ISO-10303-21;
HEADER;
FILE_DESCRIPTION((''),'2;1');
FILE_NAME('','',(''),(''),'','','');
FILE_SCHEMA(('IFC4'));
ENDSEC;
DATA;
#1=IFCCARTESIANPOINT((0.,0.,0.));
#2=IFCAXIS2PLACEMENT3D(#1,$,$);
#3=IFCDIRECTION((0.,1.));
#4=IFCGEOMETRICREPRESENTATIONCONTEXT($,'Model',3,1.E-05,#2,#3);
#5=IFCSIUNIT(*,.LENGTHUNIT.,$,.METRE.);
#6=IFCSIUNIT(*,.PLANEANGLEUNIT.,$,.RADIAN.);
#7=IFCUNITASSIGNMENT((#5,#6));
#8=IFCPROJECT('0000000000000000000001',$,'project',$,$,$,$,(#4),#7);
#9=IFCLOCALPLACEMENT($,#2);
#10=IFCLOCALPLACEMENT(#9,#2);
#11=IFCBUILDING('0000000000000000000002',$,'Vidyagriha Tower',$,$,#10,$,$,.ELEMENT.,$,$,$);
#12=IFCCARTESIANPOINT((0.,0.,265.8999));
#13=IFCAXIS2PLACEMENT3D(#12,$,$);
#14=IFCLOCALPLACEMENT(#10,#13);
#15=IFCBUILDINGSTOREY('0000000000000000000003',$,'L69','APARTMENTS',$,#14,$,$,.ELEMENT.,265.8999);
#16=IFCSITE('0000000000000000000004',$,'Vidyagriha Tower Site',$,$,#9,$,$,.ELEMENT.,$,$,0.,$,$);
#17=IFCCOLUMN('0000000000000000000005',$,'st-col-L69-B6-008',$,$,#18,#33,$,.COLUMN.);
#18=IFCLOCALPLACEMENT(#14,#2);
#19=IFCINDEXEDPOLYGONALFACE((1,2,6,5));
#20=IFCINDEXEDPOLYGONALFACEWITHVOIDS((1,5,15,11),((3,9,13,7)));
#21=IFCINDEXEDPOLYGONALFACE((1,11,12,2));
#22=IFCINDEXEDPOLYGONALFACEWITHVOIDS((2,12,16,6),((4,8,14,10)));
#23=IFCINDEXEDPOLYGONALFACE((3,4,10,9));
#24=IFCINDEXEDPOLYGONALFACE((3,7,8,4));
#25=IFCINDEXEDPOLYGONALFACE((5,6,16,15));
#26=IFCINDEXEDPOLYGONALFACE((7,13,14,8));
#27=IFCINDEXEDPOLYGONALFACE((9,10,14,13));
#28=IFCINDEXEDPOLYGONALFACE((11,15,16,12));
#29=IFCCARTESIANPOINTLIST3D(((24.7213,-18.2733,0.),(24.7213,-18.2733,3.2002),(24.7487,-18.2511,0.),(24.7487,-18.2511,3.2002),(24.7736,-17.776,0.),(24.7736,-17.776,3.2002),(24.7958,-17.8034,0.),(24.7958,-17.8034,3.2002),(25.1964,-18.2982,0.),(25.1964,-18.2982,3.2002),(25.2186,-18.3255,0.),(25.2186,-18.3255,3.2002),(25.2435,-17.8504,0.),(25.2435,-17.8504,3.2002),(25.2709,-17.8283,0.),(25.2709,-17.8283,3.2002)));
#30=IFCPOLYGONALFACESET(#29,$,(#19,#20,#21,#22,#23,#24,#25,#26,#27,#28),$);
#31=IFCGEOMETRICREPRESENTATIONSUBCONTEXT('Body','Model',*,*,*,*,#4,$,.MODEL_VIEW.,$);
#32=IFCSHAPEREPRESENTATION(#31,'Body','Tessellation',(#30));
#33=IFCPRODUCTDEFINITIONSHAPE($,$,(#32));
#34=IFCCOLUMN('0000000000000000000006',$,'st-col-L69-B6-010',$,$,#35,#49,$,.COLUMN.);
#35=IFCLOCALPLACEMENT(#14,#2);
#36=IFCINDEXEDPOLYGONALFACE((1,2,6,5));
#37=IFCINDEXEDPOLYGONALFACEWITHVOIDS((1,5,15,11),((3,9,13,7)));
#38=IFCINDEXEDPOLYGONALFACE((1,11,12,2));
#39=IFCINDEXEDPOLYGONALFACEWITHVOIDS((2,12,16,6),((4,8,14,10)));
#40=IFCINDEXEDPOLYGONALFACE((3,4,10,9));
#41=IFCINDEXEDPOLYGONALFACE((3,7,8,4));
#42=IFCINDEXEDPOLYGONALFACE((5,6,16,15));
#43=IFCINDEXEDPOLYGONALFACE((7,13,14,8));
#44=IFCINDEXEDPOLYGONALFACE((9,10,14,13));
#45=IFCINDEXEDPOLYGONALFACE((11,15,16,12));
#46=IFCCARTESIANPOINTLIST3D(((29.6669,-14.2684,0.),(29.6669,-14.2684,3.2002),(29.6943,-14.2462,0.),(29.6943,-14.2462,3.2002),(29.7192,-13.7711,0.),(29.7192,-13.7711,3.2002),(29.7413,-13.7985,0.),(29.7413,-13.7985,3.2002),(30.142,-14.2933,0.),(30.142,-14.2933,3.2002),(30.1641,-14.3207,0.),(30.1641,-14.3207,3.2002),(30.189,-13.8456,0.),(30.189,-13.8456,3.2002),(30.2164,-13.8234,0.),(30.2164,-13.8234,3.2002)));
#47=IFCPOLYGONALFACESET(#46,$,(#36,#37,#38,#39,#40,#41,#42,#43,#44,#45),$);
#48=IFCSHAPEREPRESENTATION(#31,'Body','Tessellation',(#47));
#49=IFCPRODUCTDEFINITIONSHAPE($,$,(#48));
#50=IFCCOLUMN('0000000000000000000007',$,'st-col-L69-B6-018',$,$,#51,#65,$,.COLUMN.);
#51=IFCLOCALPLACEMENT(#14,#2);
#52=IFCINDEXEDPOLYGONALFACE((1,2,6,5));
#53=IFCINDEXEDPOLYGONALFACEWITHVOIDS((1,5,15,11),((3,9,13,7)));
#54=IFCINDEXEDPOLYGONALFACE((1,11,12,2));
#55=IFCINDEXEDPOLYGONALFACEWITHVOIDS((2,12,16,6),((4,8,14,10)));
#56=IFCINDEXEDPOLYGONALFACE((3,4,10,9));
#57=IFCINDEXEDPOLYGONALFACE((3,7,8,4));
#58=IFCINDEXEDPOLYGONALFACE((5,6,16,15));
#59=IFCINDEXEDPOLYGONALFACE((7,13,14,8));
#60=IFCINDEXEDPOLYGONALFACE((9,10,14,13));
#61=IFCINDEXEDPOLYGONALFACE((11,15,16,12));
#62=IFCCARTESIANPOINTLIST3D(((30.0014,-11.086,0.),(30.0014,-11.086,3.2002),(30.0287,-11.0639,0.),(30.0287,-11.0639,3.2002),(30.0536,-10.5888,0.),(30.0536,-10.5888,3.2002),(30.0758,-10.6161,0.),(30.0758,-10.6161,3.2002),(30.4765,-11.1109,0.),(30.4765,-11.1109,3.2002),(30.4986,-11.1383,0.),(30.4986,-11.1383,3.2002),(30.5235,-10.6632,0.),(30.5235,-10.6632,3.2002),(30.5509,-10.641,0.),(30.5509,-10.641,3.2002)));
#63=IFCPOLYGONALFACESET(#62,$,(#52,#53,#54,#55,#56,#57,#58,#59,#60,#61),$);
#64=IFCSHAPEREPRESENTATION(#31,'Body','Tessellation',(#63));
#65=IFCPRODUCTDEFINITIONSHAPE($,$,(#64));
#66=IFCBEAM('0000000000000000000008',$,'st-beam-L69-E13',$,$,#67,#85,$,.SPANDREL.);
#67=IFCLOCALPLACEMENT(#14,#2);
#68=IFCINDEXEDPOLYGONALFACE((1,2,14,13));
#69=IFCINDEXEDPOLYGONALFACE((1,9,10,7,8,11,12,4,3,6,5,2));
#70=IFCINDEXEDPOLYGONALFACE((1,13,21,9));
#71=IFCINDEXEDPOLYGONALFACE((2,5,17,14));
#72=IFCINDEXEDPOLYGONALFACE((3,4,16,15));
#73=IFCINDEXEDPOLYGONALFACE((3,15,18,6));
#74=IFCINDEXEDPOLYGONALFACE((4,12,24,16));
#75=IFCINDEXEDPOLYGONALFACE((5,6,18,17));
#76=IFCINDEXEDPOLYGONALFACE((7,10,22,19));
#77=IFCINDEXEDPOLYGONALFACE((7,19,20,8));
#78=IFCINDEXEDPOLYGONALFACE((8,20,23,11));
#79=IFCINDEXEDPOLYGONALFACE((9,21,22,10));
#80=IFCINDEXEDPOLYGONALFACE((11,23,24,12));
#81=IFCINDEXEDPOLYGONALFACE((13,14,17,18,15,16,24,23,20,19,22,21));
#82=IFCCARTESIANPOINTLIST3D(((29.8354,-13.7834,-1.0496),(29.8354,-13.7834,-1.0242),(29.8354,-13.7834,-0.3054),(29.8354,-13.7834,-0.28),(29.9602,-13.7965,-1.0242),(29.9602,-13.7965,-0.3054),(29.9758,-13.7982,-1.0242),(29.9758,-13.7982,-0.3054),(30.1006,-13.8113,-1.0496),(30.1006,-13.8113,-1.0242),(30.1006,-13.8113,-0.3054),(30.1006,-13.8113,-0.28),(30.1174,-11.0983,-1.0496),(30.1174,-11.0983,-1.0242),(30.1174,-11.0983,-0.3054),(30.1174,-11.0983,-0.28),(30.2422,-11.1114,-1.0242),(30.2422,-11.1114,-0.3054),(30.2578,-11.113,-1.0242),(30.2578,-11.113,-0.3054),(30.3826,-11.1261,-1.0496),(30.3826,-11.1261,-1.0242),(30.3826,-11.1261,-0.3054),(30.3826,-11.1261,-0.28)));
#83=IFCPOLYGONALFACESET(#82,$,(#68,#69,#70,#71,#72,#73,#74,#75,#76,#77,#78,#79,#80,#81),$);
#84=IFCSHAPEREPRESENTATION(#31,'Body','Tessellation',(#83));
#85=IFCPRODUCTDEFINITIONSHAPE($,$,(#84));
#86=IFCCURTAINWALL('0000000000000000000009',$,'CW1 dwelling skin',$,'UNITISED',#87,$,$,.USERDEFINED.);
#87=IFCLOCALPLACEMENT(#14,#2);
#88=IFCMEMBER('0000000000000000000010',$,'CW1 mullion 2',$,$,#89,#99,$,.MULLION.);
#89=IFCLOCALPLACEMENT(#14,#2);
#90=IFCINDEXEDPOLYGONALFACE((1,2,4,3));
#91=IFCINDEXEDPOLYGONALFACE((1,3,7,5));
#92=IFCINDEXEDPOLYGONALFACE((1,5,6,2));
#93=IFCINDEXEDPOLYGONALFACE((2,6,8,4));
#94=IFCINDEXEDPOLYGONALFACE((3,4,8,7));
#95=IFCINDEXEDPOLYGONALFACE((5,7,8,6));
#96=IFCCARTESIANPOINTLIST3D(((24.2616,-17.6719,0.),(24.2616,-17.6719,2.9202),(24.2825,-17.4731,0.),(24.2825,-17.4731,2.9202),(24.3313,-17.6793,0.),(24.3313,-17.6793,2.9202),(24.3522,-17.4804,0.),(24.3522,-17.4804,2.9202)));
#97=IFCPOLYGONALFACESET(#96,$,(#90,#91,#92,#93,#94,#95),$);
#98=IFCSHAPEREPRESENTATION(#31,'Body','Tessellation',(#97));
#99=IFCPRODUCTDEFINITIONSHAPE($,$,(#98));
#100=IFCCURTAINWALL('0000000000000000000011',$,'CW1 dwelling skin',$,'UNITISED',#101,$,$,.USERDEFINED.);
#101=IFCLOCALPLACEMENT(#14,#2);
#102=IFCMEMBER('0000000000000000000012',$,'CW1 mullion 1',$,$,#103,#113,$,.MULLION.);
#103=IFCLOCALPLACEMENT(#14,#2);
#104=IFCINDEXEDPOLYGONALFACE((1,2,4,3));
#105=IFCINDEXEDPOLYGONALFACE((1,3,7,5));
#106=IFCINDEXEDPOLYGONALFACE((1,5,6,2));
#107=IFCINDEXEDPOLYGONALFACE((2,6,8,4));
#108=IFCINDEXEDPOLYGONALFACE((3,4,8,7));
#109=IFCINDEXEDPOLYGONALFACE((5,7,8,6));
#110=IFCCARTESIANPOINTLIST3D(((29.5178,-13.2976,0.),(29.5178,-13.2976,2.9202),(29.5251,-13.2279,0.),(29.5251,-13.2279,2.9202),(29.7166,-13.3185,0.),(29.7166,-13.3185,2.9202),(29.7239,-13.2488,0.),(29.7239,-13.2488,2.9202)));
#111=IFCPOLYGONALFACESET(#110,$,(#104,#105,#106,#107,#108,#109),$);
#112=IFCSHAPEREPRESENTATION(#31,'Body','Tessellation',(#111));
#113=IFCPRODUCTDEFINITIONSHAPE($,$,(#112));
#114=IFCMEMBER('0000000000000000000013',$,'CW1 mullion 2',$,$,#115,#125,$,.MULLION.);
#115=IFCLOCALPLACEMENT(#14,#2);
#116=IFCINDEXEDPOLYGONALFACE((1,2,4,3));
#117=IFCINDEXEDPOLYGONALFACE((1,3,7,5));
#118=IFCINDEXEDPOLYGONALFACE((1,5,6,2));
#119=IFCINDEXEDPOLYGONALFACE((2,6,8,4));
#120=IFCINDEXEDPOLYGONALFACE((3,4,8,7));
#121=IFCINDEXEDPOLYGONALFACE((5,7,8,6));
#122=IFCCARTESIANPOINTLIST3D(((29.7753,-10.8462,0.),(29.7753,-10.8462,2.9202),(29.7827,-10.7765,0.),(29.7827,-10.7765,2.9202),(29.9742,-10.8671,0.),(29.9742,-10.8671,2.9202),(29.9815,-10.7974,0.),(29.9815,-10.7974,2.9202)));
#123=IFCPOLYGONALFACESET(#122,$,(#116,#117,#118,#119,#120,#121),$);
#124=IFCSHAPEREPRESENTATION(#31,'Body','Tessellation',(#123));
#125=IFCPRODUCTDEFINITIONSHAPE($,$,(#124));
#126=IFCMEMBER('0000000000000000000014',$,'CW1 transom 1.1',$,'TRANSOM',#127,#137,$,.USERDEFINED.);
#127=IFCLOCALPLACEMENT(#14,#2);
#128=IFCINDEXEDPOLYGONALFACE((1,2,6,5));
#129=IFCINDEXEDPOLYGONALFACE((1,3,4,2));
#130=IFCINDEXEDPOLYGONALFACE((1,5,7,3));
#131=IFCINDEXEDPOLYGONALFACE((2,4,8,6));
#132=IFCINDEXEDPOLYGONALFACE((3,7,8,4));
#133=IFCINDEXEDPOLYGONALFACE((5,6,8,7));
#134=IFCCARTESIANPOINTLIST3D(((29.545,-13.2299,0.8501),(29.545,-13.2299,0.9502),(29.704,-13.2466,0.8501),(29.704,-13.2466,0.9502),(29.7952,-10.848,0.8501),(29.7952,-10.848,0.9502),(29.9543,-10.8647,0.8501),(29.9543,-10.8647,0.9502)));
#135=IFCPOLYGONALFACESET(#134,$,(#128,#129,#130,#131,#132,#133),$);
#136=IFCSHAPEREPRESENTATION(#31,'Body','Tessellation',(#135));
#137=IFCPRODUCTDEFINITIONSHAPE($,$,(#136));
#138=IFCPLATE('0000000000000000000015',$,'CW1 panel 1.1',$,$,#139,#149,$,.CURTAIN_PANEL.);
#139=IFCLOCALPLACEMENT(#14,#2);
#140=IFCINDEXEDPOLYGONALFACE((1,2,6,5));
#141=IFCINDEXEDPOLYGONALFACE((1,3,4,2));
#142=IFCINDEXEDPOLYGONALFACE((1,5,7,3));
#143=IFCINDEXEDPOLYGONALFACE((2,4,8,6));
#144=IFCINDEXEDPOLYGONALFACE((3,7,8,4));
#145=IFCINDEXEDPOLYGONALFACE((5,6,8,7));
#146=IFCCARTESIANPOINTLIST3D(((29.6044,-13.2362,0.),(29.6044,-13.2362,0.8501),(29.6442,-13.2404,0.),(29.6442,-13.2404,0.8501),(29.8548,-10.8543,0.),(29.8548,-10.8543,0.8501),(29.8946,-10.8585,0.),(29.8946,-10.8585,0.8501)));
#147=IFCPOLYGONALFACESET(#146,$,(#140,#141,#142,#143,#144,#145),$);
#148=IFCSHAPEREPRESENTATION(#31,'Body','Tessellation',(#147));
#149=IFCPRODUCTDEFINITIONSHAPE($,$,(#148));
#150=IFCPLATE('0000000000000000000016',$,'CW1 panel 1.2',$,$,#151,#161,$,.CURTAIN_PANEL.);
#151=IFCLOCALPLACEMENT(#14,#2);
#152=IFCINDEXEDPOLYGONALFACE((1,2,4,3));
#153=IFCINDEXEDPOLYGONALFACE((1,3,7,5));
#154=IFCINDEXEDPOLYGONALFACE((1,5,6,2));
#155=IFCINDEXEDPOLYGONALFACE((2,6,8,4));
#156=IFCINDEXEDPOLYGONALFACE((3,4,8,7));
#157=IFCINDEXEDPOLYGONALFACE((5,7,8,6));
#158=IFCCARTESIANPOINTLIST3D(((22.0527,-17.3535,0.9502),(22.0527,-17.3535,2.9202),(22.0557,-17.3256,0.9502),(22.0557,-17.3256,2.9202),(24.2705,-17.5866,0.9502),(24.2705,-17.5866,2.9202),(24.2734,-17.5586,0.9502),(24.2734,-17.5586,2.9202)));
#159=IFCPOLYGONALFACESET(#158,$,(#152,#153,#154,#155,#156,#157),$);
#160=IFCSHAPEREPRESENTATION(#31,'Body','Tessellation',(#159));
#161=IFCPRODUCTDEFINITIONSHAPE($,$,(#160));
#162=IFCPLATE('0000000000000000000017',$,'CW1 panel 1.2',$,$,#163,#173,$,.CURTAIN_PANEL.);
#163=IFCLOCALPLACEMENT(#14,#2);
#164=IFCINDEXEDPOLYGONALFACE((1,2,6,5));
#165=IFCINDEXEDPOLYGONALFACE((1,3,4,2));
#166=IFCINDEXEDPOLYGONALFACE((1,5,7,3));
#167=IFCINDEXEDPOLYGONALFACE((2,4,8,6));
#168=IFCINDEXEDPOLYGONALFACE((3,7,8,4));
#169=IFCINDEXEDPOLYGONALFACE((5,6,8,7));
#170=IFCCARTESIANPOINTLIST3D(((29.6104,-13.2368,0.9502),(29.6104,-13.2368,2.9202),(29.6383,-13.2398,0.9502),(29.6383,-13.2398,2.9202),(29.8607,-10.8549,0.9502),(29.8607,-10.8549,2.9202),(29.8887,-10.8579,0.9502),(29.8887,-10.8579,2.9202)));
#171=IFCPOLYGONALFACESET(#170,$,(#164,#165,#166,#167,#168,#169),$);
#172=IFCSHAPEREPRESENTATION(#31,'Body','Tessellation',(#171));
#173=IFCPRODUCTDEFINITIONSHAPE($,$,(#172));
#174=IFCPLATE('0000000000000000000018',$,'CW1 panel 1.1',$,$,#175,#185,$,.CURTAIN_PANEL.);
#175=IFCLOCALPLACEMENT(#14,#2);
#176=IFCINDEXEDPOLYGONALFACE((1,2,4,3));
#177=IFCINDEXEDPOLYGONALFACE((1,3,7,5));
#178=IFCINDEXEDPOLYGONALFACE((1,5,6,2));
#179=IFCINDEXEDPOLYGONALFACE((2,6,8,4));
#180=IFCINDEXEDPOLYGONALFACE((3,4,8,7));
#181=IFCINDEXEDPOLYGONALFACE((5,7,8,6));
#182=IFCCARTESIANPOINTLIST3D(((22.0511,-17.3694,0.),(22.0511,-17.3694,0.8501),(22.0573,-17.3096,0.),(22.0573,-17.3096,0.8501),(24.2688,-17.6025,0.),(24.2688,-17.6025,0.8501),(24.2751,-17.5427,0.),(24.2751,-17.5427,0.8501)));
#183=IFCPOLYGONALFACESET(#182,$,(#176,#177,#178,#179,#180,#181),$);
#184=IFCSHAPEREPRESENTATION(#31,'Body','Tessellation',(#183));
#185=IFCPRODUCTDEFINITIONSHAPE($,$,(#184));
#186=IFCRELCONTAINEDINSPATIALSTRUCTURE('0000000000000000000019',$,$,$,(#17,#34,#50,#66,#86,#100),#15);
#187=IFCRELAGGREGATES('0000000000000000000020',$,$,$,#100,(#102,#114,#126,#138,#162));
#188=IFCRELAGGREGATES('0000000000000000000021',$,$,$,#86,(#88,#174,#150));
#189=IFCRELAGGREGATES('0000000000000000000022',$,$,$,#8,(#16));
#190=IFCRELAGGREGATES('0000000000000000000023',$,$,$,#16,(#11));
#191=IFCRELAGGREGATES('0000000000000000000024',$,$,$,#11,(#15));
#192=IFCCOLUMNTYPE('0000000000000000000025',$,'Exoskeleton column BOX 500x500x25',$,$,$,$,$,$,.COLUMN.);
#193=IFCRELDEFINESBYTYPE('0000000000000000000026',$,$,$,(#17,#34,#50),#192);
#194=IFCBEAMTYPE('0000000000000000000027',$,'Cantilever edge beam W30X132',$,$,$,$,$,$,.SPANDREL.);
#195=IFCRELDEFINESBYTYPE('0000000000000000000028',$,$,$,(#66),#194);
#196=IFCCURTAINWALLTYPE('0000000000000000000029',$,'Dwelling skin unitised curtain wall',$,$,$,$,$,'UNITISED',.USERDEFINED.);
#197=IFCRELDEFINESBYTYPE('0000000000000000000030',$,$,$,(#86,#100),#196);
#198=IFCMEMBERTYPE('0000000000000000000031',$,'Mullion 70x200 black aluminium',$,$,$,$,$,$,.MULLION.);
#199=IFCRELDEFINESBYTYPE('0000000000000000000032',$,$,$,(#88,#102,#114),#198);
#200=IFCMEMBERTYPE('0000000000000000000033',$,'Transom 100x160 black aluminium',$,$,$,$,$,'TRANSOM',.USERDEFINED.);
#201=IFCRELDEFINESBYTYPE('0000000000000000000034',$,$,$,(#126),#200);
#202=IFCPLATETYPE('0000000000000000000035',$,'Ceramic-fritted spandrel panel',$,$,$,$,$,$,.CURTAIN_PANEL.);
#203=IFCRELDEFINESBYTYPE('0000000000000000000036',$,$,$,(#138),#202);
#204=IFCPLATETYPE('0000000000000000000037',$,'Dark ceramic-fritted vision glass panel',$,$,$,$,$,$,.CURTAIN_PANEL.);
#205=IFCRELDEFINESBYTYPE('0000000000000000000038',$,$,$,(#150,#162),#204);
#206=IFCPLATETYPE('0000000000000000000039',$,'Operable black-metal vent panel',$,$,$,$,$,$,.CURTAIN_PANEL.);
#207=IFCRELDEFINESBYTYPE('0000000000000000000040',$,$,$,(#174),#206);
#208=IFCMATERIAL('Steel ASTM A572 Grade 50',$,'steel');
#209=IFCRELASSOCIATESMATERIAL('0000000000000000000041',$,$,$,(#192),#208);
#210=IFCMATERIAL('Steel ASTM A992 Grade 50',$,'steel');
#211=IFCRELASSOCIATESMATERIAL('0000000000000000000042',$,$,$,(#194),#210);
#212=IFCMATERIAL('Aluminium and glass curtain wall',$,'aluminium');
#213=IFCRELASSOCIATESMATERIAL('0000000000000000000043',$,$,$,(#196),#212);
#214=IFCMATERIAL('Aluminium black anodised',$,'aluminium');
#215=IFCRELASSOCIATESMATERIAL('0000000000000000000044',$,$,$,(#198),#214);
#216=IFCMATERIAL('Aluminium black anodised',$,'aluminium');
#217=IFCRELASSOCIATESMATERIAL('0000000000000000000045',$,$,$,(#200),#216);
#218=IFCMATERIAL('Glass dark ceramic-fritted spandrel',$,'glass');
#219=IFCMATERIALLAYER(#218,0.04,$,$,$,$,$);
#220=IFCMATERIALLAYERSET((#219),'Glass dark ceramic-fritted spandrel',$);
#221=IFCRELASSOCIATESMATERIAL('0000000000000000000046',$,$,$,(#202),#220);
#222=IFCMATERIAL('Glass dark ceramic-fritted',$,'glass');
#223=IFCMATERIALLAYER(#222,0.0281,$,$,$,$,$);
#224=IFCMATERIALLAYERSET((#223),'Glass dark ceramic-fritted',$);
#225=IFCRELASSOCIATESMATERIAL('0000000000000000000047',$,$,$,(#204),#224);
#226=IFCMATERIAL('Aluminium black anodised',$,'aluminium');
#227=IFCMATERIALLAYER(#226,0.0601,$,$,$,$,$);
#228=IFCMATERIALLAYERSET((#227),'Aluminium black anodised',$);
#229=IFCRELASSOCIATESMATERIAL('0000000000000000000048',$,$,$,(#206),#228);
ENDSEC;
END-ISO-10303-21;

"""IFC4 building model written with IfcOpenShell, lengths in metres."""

from ifc_helpers import new_model, si_unit, direction, frame, origin, origin_2d, place, context, subcontext, project, spatial, rectangle, hollow_rectangle, i_section, extrude, material, layer, layer_set, material_profile, profile_set, type_object, element, aggregate, save


model = new_model("IFC4")

# Units and contexts
model_context = context("Model", 3, precision=1e-05, world=origin(), true_north=direction((0.0, 1.0)))
body_context = subcontext(model_context, "Body", "Model", "MODEL_VIEW")
ifc_project = project(units=[si_unit("LENGTHUNIT", "METRE"), si_unit("PLANEANGLEUNIT", "RADIAN")], contexts=[model_context])

# Site, building, storey
site_placement = place(None, origin())
site = spatial("IfcSite", under=ifc_project, at=site_placement, Name="Vidyagriha Tower Site", CompositionType="ELEMENT", RefElevation=0.0)
building_placement = place(site_placement, origin())
building = spatial("IfcBuilding", under=site, at=building_placement, Name="Vidyagriha Tower", CompositionType="ELEMENT")
storey_placement = place(building_placement, frame((0.0, 0.0, 265.8999)))
storey = spatial("IfcBuildingStorey", under=building, at=storey_placement, Name="L69", Description="APARTMENTS", CompositionType="ELEMENT", Elevation=265.8999)

# Columns
ifc_material_1 = material(Name="Steel ASTM A572 Grade 50", Category="steel")
ifc_material_profile_1 = material_profile(ifc_material_1, hollow_rectangle(XDim=0.5, YDim=0.5, WallThickness=0.0249, at=origin_2d()), Name="BOX 500x500x25")
ifc_profile_set_1 = profile_set([ifc_material_profile_1], Name="Steel ASTM A572 Grade 50")
column_type = type_object("IfcColumnType", Name="Exoskeleton column BOX 500x500x25", PredefinedType="COLUMN", material=ifc_profile_set_1)
for number, where, z_axis, x_axis, name in (
    (1, (24.9961, -18.0508, 0.0), (0.0, 0.0, 1.0), (0.994522, -0.104528, 0.0), "st-col-L69-B6-008"),
    (2, (29.9417, -14.0459, 0.0), (0.0, 0.0, 1.0), (0.994522, -0.104528, 0.0), "st-col-L69-B6-010"),
    (3, (30.2761, -10.8635, 0.0), (0.0, 0.0, 1.0), (0.994522, -0.104528, 0.0), "st-col-L69-B6-018"),
):
    element("IfcColumn", number, at=place(storey_placement, frame(where, z_axis=z_axis, x_axis=x_axis)), inside=storey, type_object=column_type, Name=name, PredefinedType="COLUMN", context=body_context, shape_type="SweptSolid", body=[
        extrude(hollow_rectangle(XDim=0.5, YDim=0.5, WallThickness=0.0249, at=origin_2d()), origin(), (0.0, 0.0, 1.0), 3.2002),
    ])

# Beam
ifc_material_2 = material(Name="Steel ASTM A992 Grade 50", Category="steel")
ifc_material_profile_2 = material_profile(ifc_material_2, i_section(OverallWidth=0.2666, OverallDepth=0.7695, WebThickness=0.0156, FlangeThickness=0.0254, at=origin_2d()), Name="W30X132")
ifc_profile_set_2 = profile_set([ifc_material_profile_2], Name="Steel ASTM A992 Grade 50")
beam_type = type_object("IfcBeamType", Name="Cantilever edge beam W30X132", PredefinedType="SPANDREL", material=ifc_profile_set_2)
beam_placement = place(storey_placement, frame((29.968, -13.7974, -0.6648), z_axis=(0.104435, 0.994532, 0.0), x_axis=(-0.994532, 0.104435, 0.0)))
element("IfcBeam", 4, at=beam_placement, inside=storey, type_object=beam_type, Name="st-beam-L69-E13", PredefinedType="SPANDREL", context=body_context, shape_type="SweptSolid", body=[
    extrude(i_section(OverallWidth=0.2666, OverallDepth=0.7695, WebThickness=0.0156, FlangeThickness=0.0254, at=origin_2d()), origin(), (0.0, 0.0, 1.0), 2.7),
])

# Curtain wall, member
ifc_material_3 = material(Name="Aluminium and glass curtain wall", Category="aluminium")
curtain_wall_type = type_object("IfcCurtainWallType", Name="Dwelling skin unitised curtain wall", ElementType="UNITISED", PredefinedType="USERDEFINED", material=ifc_material_3)
curtain_wall_1_placement = place(storey_placement, origin())
curtain_wall_1 = element("IfcCurtainWall", 5, at=curtain_wall_1_placement, inside=storey, type_object=curtain_wall_type, Name="CW1 dwelling skin", ObjectType="UNITISED", PredefinedType="USERDEFINED")
ifc_material_4 = material(Name="Aluminium black anodised", Category="aluminium")
ifc_material_profile_3 = material_profile(ifc_material_4, rectangle(XDim=0.2, YDim=0.0701, at=origin_2d()), Name="Mullion 70x200 black aluminium")
ifc_profile_set_3 = profile_set([ifc_material_profile_3], Name="Aluminium black anodised")
member_type_1 = type_object("IfcMemberType", Name="Mullion 70x200 black aluminium", PredefinedType="MULLION", material=ifc_profile_set_3)
member_1_placement = place(storey_placement, frame((24.3069, -17.5762, 0.0), z_axis=(0.0, 0.0, 1.0), x_axis=(0.104522, 0.994523, 0.0)))
member_1 = element("IfcMember", 6, at=member_1_placement, type_object=member_type_1, Name="CW1 mullion 2", PredefinedType="MULLION", context=body_context, shape_type="SweptSolid", body=[
    extrude(rectangle(XDim=0.2, YDim=0.0701, at=origin_2d()), origin(), (0.0, 0.0, 1.0), 2.9202),
])

# Curtain wall, members, plate
curtain_wall_2_placement = place(storey_placement, origin())
curtain_wall_2 = element("IfcCurtainWall", 7, at=curtain_wall_2_placement, inside=storey, type_object=curtain_wall_type, Name="CW1 dwelling skin", ObjectType="UNITISED", PredefinedType="USERDEFINED")
member_2_placement = place(storey_placement, frame((29.6208, -13.2732, 0.0), z_axis=(0.0, 0.0, 1.0), x_axis=(-0.994521, 0.104533, 0.0)))
member_2 = element("IfcMember", 8, at=member_2_placement, type_object=member_type_1, Name="CW1 mullion 1", PredefinedType="MULLION", context=body_context, shape_type="SweptSolid", body=[
    extrude(rectangle(XDim=0.2, YDim=0.0701, at=origin_2d()), origin(), (0.0, 0.0, 1.0), 2.9202),
])
member_3_placement = place(storey_placement, frame((29.8784, -10.8218, 0.0), z_axis=(0.0, 0.0, 1.0), x_axis=(-0.994521, 0.104533, 0.0)))
member_3 = element("IfcMember", 9, at=member_3_placement, type_object=member_type_1, Name="CW1 mullion 2", PredefinedType="MULLION", context=body_context, shape_type="SweptSolid", body=[
    extrude(rectangle(XDim=0.2, YDim=0.0701, at=origin_2d()), origin(), (0.0, 0.0, 1.0), 2.9202),
])
ifc_material_5 = material(Name="Aluminium black anodised", Category="aluminium")
ifc_material_profile_4 = material_profile(ifc_material_5, rectangle(XDim=0.1599, YDim=0.1001, at=origin_2d()), Name="Transom 100x160 black aluminium")
ifc_profile_set_4 = profile_set([ifc_material_profile_4], Name="Aluminium black anodised")
member_type_2 = type_object("IfcMemberType", Name="Transom 100x160 black aluminium", ElementType="TRANSOM", PredefinedType="USERDEFINED", material=ifc_profile_set_4)
member_4_placement = place(storey_placement, frame((29.6245, -13.2383, 0.9001), z_axis=(0.104488, 0.994526, 0.0), x_axis=(-0.994526, 0.104488, 0.0)))
member_4 = element("IfcMember", 10, at=member_4_placement, type_object=member_type_2, Name="CW1 transom 1.1", ObjectType="TRANSOM", PredefinedType="USERDEFINED", context=body_context, shape_type="SweptSolid", body=[
    extrude(rectangle(XDim=0.1599, YDim=0.1001, at=origin_2d()), origin(), (0.0, 0.0, 1.0), 2.395),
])
ifc_material_6 = material(Name="Glass dark ceramic-fritted spandrel", Category="glass")
ifc_layer_1 = layer(ifc_material_6, 0.04)
ifc_layer_set_1 = layer_set([ifc_layer_1], Name="Glass dark ceramic-fritted spandrel")
plate_type_1 = type_object("IfcPlateType", Name="Ceramic-fritted spandrel panel", PredefinedType="CURTAIN_PANEL", material=ifc_layer_set_1)
plate_1_placement = place(storey_placement, frame((29.7495, -12.0474, 0.0), z_axis=(0.0, 0.0, 1.0), x_axis=(0.104533, 0.994521, 0.0)))
plate_1 = element("IfcPlate", 11, at=plate_1_placement, type_object=plate_type_1, Name="CW1 panel 1.1", PredefinedType="CURTAIN_PANEL", context=body_context, shape_type="SweptSolid", body=[
    extrude(rectangle(XDim=2.395, YDim=0.04, at=origin_2d()), origin(), (0.0, 0.0, 1.0), 0.8501),
])

# Plates
ifc_material_7 = material(Name="Glass dark ceramic-fritted", Category="glass")
ifc_layer_2 = layer(ifc_material_7, 0.0281)
ifc_layer_set_2 = layer_set([ifc_layer_2], Name="Glass dark ceramic-fritted")
plate_type_2 = type_object("IfcPlateType", Name="Dark ceramic-fritted vision glass panel", PredefinedType="CURTAIN_PANEL", material=ifc_layer_set_2)
plate_2_placement = place(storey_placement, frame((23.1631, -17.4561, 0.9502), z_axis=(0.0, 0.0, 1.0), x_axis=(0.994523, -0.104522, 0.0)))
plate_2 = element("IfcPlate", 12, at=plate_2_placement, type_object=plate_type_2, Name="CW1 panel 1.2", PredefinedType="CURTAIN_PANEL", context=body_context, shape_type="SweptSolid", body=[
    extrude(rectangle(XDim=2.23, YDim=0.0281, at=origin_2d()), origin(), (0.0, 0.0, 1.0), 1.97),
])
plate_3_placement = place(storey_placement, frame((29.7495, -12.0474, 0.9502), z_axis=(0.0, 0.0, 1.0), x_axis=(0.104533, 0.994521, 0.0)))
plate_3 = element("IfcPlate", 13, at=plate_3_placement, type_object=plate_type_2, Name="CW1 panel 1.2", PredefinedType="CURTAIN_PANEL", context=body_context, shape_type="SweptSolid", body=[
    extrude(rectangle(XDim=2.395, YDim=0.0281, at=origin_2d()), origin(), (0.0, 0.0, 1.0), 1.97),
])
aggregate(curtain_wall_2, [member_2, member_3, member_4, plate_1, plate_3])
ifc_material_8 = material(Name="Aluminium black anodised", Category="aluminium")
ifc_layer_3 = layer(ifc_material_8, 0.0601)
ifc_layer_set_3 = layer_set([ifc_layer_3], Name="Aluminium black anodised")
plate_type_3 = type_object("IfcPlateType", Name="Operable black-metal vent panel", PredefinedType="CURTAIN_PANEL", material=ifc_layer_set_3)
plate_4_placement = place(storey_placement, frame((23.1631, -17.4561, 0.0), z_axis=(0.0, 0.0, 1.0), x_axis=(0.994523, -0.104522, 0.0)))
plate_4 = element("IfcPlate", 14, at=plate_4_placement, type_object=plate_type_3, Name="CW1 panel 1.1", PredefinedType="CURTAIN_PANEL", context=body_context, shape_type="SweptSolid", body=[
    extrude(rectangle(XDim=2.23, YDim=0.0601, at=origin_2d()), origin(), (0.0, 0.0, 1.0), 0.8501),
])
aggregate(curtain_wall_1, [member_1, plate_4, plate_2])

save(model, "model.ifc")
